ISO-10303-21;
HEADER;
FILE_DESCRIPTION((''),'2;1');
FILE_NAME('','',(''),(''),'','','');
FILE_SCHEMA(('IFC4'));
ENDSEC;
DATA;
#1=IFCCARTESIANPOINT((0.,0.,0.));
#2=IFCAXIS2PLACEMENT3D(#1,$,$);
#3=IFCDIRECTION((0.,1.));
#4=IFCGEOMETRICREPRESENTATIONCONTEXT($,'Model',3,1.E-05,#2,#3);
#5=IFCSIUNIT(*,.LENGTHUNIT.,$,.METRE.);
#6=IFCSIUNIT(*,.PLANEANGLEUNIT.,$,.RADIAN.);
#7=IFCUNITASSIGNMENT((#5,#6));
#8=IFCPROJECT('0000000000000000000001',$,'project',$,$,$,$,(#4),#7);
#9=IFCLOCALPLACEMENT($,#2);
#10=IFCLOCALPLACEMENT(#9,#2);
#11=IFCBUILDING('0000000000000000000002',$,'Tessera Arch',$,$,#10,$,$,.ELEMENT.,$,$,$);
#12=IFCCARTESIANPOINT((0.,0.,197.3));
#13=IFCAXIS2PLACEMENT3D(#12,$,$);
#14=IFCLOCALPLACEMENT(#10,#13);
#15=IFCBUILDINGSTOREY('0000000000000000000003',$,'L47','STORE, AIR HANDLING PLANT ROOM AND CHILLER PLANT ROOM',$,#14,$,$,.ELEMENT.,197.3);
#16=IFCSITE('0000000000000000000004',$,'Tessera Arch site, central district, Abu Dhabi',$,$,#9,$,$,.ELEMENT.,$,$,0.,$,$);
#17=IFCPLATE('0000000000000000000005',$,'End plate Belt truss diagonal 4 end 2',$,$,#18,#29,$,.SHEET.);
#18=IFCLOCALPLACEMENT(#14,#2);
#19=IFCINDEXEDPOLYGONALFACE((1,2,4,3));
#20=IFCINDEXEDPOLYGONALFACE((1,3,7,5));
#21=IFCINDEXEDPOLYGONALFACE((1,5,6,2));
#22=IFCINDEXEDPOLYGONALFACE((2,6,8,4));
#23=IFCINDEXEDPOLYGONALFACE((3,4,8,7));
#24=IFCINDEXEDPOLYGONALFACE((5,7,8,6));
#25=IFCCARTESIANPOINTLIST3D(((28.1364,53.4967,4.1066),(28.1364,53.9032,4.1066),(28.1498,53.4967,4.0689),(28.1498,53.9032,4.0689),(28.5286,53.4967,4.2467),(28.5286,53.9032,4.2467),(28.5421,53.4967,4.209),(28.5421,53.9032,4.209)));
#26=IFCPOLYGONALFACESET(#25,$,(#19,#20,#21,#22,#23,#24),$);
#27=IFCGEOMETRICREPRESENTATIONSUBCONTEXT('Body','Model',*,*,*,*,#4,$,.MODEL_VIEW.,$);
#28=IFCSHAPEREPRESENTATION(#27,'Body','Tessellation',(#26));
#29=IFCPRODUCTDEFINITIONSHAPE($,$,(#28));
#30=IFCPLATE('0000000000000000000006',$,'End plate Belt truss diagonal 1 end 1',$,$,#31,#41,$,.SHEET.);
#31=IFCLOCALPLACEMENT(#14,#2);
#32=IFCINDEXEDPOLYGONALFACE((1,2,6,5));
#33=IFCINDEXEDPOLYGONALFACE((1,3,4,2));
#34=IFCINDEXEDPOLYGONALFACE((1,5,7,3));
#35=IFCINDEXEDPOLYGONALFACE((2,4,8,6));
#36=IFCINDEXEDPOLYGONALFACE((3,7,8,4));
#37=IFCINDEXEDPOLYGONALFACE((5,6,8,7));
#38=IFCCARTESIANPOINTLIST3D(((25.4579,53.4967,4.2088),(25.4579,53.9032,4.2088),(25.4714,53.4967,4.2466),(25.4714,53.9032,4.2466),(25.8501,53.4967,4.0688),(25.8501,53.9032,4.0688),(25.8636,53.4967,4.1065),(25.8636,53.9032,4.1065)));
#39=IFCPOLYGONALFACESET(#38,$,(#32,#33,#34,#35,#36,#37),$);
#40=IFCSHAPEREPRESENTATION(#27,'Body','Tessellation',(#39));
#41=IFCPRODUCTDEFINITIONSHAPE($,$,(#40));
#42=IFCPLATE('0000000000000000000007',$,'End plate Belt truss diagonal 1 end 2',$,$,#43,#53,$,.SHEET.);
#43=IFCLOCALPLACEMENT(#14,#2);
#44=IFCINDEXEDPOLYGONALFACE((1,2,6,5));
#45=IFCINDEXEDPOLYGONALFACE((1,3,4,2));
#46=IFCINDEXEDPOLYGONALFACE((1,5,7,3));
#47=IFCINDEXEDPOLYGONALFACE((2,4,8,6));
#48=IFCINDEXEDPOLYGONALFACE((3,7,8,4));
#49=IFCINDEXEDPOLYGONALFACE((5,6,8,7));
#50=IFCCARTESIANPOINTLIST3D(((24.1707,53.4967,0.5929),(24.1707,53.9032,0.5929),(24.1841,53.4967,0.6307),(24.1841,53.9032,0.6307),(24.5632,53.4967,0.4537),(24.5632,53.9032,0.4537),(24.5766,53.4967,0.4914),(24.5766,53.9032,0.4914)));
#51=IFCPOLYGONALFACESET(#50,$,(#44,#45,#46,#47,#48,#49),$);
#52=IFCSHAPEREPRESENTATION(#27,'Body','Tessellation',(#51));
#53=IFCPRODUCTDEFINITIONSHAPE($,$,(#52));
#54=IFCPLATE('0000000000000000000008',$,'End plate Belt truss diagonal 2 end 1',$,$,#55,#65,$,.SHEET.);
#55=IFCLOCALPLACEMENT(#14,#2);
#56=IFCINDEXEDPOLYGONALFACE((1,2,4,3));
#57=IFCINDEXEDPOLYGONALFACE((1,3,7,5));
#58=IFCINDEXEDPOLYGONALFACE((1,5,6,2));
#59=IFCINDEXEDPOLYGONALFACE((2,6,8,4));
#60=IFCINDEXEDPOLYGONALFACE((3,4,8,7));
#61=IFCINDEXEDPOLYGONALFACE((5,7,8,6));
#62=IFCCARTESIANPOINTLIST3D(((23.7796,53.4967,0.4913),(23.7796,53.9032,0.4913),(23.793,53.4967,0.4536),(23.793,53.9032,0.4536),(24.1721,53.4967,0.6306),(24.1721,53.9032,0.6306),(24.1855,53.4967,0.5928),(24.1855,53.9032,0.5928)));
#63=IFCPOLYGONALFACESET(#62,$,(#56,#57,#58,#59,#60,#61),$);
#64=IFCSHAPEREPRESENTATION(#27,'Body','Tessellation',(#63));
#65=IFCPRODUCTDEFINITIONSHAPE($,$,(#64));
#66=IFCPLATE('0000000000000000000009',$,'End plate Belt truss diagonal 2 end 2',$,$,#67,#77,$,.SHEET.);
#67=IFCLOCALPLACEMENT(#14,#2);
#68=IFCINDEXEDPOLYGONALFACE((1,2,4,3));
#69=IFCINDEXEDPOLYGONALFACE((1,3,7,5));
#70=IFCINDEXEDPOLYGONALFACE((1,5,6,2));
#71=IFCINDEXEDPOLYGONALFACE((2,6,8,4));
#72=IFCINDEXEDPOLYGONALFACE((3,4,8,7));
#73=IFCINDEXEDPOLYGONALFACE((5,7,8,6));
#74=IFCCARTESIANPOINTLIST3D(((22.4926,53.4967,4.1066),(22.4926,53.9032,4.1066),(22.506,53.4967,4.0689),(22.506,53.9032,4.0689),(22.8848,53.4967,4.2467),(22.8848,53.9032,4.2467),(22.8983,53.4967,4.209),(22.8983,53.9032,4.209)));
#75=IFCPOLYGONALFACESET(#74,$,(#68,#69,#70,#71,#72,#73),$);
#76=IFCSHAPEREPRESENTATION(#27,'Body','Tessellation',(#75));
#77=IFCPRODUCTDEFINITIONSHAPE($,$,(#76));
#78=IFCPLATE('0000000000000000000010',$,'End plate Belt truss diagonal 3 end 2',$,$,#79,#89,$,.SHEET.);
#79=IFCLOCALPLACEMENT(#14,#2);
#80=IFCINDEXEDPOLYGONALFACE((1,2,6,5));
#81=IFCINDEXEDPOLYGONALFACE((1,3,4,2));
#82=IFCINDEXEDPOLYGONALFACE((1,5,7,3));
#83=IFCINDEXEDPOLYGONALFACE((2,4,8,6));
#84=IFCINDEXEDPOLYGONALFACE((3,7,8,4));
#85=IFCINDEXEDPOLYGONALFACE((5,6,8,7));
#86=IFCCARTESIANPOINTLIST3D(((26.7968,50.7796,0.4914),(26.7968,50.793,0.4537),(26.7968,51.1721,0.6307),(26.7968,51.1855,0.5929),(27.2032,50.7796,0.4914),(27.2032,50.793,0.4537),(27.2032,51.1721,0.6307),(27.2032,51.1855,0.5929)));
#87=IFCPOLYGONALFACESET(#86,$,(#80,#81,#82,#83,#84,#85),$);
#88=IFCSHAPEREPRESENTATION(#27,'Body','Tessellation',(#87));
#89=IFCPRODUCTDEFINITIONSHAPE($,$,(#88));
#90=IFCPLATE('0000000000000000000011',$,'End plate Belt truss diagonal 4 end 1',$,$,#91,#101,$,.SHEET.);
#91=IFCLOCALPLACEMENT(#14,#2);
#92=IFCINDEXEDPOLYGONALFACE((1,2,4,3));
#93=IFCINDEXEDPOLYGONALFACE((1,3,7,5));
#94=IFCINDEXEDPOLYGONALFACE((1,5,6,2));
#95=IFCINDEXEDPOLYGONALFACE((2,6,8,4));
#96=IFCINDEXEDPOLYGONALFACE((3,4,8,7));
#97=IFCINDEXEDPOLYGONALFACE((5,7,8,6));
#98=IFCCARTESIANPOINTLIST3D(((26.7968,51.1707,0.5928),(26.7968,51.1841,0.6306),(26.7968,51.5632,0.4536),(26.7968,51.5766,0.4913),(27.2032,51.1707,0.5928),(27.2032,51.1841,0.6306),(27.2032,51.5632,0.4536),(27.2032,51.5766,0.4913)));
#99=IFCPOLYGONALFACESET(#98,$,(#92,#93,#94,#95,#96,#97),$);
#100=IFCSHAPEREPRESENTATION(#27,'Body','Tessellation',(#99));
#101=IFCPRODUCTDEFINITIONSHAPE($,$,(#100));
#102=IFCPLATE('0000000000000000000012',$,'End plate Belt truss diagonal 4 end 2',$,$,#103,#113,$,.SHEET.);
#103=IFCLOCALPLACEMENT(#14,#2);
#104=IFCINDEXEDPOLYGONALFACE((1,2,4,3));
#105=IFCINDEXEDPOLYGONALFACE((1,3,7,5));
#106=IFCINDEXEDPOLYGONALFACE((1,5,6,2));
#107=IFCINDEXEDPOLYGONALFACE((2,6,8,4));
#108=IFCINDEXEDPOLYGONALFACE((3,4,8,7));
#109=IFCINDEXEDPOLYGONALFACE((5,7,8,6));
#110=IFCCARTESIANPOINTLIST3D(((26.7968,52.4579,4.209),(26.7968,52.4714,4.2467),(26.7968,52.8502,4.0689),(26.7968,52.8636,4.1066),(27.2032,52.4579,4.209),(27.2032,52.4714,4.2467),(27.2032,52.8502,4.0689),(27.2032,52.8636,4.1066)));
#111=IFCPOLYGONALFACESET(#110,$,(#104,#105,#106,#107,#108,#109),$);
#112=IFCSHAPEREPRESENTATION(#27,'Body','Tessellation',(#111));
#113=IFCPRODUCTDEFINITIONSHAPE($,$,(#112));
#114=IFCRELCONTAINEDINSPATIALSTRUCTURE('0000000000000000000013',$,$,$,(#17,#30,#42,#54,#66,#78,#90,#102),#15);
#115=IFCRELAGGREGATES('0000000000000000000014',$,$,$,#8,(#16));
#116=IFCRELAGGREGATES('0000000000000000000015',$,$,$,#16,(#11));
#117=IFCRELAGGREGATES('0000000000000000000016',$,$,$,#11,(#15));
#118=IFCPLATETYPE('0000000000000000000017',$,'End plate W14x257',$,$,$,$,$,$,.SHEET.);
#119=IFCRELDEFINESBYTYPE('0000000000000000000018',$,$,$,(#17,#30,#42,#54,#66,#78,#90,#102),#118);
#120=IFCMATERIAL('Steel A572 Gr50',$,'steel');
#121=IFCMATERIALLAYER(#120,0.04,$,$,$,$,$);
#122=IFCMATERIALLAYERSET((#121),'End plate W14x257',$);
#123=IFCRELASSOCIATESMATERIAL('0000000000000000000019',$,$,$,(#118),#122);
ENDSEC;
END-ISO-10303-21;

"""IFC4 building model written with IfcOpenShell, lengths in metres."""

from ifc_helpers import new_model, si_unit, direction, frame, origin, origin_2d, place, context, subcontext, project, spatial, rectangle, extrude, material, layer, layer_set, type_object, element, save


model = new_model("IFC4")

# Units and contexts
model_context = context("Model", 3, precision=1e-05, world=origin(), true_north=direction((0.0, 1.0)))
body_context = subcontext(model_context, "Body", "Model", "MODEL_VIEW")
ifc_project = project(units=[si_unit("LENGTHUNIT", "METRE"), si_unit("PLANEANGLEUNIT", "RADIAN")], contexts=[model_context])

# Site, building, storey
site_placement = place(None, origin())
site = spatial("IfcSite", under=ifc_project, at=site_placement, Name="Tessera Arch site, central district, Abu Dhabi", CompositionType="ELEMENT", RefElevation=0.0)
building_placement = place(site_placement, origin())
building = spatial("IfcBuilding", under=site, at=building_placement, Name="Tessera Arch", CompositionType="ELEMENT")
storey_placement = place(building_placement, frame((0.0, 0.0, 197.3)))
storey = spatial("IfcBuildingStorey", under=building, at=storey_placement, Name="L47", Description="STORE, AIR HANDLING PLANT ROOM AND CHILLER PLANT ROOM", CompositionType="ELEMENT", Elevation=197.3)

# Plates
ifc_material_1 = material(Name="Steel A572 Gr50", Category="steel")
ifc_layer_1 = layer(ifc_material_1, 0.04)
ifc_layer_set_1 = layer_set([ifc_layer_1], Name="End plate W14x257")
plate_type_1 = type_object("IfcPlateType", Name="End plate W14x257", PredefinedType="SHEET", material=ifc_layer_set_1)
for number, where, z_axis, x_axis, name in (
    (1, (28.3459, 53.7, 4.1389), (-0.336336, 0.0, 0.941742), (0.0, -1.0, 0.0), "End plate Belt truss diagonal 4 end 2"),
    (2, (25.6675, 53.7, 4.1765), (-0.336336, 0.0, -0.941742), (0.0, -1.0, 0.0), "End plate Belt truss diagonal 1 end 1"),
    (3, (24.3804, 53.7, 0.561), (-0.33441, 0.0, -0.942428), (0.0, -1.0, 0.0), "End plate Belt truss diagonal 1 end 2"),
    (4, (23.9893, 53.7, 0.5232), (-0.33441, 0.0, 0.942428), (0.0, -1.0, 0.0), "End plate Belt truss diagonal 2 end 1"),
    (5, (22.7021, 53.7, 4.1389), (-0.336336, 0.0, 0.941742), (0.0, -1.0, 0.0), "End plate Belt truss diagonal 2 end 2"),
    (6, (27.0, 50.9758, 0.561), (0.0, 0.33441, -0.942428), (-1.0, 0.0, 0.0), "End plate Belt truss diagonal 3 end 2"),
    (7, (27.0, 51.3669, 0.5232), (0.0, 0.33441, 0.942428), (-1.0, 0.0, 0.0), "End plate Belt truss diagonal 4 end 1"),
    (8, (27.0, 52.6541, 4.1389), (0.0, 0.336336, 0.941742), (-1.0, 0.0, 0.0), "End plate Belt truss diagonal 4 end 2"),
):
    element("IfcPlate", number, at=place(storey_placement, frame(where, z_axis=z_axis, x_axis=x_axis)), inside=storey, type_object=plate_type_1, Name=name, PredefinedType="SHEET", context=body_context, shape_type="SweptSolid", body=[
        extrude(rectangle(XDim=0.4065, YDim=0.4165, at=origin_2d()), origin(), (0.0, 0.0, 1.0), 0.04),
    ])

save(model, "model.ifc")
